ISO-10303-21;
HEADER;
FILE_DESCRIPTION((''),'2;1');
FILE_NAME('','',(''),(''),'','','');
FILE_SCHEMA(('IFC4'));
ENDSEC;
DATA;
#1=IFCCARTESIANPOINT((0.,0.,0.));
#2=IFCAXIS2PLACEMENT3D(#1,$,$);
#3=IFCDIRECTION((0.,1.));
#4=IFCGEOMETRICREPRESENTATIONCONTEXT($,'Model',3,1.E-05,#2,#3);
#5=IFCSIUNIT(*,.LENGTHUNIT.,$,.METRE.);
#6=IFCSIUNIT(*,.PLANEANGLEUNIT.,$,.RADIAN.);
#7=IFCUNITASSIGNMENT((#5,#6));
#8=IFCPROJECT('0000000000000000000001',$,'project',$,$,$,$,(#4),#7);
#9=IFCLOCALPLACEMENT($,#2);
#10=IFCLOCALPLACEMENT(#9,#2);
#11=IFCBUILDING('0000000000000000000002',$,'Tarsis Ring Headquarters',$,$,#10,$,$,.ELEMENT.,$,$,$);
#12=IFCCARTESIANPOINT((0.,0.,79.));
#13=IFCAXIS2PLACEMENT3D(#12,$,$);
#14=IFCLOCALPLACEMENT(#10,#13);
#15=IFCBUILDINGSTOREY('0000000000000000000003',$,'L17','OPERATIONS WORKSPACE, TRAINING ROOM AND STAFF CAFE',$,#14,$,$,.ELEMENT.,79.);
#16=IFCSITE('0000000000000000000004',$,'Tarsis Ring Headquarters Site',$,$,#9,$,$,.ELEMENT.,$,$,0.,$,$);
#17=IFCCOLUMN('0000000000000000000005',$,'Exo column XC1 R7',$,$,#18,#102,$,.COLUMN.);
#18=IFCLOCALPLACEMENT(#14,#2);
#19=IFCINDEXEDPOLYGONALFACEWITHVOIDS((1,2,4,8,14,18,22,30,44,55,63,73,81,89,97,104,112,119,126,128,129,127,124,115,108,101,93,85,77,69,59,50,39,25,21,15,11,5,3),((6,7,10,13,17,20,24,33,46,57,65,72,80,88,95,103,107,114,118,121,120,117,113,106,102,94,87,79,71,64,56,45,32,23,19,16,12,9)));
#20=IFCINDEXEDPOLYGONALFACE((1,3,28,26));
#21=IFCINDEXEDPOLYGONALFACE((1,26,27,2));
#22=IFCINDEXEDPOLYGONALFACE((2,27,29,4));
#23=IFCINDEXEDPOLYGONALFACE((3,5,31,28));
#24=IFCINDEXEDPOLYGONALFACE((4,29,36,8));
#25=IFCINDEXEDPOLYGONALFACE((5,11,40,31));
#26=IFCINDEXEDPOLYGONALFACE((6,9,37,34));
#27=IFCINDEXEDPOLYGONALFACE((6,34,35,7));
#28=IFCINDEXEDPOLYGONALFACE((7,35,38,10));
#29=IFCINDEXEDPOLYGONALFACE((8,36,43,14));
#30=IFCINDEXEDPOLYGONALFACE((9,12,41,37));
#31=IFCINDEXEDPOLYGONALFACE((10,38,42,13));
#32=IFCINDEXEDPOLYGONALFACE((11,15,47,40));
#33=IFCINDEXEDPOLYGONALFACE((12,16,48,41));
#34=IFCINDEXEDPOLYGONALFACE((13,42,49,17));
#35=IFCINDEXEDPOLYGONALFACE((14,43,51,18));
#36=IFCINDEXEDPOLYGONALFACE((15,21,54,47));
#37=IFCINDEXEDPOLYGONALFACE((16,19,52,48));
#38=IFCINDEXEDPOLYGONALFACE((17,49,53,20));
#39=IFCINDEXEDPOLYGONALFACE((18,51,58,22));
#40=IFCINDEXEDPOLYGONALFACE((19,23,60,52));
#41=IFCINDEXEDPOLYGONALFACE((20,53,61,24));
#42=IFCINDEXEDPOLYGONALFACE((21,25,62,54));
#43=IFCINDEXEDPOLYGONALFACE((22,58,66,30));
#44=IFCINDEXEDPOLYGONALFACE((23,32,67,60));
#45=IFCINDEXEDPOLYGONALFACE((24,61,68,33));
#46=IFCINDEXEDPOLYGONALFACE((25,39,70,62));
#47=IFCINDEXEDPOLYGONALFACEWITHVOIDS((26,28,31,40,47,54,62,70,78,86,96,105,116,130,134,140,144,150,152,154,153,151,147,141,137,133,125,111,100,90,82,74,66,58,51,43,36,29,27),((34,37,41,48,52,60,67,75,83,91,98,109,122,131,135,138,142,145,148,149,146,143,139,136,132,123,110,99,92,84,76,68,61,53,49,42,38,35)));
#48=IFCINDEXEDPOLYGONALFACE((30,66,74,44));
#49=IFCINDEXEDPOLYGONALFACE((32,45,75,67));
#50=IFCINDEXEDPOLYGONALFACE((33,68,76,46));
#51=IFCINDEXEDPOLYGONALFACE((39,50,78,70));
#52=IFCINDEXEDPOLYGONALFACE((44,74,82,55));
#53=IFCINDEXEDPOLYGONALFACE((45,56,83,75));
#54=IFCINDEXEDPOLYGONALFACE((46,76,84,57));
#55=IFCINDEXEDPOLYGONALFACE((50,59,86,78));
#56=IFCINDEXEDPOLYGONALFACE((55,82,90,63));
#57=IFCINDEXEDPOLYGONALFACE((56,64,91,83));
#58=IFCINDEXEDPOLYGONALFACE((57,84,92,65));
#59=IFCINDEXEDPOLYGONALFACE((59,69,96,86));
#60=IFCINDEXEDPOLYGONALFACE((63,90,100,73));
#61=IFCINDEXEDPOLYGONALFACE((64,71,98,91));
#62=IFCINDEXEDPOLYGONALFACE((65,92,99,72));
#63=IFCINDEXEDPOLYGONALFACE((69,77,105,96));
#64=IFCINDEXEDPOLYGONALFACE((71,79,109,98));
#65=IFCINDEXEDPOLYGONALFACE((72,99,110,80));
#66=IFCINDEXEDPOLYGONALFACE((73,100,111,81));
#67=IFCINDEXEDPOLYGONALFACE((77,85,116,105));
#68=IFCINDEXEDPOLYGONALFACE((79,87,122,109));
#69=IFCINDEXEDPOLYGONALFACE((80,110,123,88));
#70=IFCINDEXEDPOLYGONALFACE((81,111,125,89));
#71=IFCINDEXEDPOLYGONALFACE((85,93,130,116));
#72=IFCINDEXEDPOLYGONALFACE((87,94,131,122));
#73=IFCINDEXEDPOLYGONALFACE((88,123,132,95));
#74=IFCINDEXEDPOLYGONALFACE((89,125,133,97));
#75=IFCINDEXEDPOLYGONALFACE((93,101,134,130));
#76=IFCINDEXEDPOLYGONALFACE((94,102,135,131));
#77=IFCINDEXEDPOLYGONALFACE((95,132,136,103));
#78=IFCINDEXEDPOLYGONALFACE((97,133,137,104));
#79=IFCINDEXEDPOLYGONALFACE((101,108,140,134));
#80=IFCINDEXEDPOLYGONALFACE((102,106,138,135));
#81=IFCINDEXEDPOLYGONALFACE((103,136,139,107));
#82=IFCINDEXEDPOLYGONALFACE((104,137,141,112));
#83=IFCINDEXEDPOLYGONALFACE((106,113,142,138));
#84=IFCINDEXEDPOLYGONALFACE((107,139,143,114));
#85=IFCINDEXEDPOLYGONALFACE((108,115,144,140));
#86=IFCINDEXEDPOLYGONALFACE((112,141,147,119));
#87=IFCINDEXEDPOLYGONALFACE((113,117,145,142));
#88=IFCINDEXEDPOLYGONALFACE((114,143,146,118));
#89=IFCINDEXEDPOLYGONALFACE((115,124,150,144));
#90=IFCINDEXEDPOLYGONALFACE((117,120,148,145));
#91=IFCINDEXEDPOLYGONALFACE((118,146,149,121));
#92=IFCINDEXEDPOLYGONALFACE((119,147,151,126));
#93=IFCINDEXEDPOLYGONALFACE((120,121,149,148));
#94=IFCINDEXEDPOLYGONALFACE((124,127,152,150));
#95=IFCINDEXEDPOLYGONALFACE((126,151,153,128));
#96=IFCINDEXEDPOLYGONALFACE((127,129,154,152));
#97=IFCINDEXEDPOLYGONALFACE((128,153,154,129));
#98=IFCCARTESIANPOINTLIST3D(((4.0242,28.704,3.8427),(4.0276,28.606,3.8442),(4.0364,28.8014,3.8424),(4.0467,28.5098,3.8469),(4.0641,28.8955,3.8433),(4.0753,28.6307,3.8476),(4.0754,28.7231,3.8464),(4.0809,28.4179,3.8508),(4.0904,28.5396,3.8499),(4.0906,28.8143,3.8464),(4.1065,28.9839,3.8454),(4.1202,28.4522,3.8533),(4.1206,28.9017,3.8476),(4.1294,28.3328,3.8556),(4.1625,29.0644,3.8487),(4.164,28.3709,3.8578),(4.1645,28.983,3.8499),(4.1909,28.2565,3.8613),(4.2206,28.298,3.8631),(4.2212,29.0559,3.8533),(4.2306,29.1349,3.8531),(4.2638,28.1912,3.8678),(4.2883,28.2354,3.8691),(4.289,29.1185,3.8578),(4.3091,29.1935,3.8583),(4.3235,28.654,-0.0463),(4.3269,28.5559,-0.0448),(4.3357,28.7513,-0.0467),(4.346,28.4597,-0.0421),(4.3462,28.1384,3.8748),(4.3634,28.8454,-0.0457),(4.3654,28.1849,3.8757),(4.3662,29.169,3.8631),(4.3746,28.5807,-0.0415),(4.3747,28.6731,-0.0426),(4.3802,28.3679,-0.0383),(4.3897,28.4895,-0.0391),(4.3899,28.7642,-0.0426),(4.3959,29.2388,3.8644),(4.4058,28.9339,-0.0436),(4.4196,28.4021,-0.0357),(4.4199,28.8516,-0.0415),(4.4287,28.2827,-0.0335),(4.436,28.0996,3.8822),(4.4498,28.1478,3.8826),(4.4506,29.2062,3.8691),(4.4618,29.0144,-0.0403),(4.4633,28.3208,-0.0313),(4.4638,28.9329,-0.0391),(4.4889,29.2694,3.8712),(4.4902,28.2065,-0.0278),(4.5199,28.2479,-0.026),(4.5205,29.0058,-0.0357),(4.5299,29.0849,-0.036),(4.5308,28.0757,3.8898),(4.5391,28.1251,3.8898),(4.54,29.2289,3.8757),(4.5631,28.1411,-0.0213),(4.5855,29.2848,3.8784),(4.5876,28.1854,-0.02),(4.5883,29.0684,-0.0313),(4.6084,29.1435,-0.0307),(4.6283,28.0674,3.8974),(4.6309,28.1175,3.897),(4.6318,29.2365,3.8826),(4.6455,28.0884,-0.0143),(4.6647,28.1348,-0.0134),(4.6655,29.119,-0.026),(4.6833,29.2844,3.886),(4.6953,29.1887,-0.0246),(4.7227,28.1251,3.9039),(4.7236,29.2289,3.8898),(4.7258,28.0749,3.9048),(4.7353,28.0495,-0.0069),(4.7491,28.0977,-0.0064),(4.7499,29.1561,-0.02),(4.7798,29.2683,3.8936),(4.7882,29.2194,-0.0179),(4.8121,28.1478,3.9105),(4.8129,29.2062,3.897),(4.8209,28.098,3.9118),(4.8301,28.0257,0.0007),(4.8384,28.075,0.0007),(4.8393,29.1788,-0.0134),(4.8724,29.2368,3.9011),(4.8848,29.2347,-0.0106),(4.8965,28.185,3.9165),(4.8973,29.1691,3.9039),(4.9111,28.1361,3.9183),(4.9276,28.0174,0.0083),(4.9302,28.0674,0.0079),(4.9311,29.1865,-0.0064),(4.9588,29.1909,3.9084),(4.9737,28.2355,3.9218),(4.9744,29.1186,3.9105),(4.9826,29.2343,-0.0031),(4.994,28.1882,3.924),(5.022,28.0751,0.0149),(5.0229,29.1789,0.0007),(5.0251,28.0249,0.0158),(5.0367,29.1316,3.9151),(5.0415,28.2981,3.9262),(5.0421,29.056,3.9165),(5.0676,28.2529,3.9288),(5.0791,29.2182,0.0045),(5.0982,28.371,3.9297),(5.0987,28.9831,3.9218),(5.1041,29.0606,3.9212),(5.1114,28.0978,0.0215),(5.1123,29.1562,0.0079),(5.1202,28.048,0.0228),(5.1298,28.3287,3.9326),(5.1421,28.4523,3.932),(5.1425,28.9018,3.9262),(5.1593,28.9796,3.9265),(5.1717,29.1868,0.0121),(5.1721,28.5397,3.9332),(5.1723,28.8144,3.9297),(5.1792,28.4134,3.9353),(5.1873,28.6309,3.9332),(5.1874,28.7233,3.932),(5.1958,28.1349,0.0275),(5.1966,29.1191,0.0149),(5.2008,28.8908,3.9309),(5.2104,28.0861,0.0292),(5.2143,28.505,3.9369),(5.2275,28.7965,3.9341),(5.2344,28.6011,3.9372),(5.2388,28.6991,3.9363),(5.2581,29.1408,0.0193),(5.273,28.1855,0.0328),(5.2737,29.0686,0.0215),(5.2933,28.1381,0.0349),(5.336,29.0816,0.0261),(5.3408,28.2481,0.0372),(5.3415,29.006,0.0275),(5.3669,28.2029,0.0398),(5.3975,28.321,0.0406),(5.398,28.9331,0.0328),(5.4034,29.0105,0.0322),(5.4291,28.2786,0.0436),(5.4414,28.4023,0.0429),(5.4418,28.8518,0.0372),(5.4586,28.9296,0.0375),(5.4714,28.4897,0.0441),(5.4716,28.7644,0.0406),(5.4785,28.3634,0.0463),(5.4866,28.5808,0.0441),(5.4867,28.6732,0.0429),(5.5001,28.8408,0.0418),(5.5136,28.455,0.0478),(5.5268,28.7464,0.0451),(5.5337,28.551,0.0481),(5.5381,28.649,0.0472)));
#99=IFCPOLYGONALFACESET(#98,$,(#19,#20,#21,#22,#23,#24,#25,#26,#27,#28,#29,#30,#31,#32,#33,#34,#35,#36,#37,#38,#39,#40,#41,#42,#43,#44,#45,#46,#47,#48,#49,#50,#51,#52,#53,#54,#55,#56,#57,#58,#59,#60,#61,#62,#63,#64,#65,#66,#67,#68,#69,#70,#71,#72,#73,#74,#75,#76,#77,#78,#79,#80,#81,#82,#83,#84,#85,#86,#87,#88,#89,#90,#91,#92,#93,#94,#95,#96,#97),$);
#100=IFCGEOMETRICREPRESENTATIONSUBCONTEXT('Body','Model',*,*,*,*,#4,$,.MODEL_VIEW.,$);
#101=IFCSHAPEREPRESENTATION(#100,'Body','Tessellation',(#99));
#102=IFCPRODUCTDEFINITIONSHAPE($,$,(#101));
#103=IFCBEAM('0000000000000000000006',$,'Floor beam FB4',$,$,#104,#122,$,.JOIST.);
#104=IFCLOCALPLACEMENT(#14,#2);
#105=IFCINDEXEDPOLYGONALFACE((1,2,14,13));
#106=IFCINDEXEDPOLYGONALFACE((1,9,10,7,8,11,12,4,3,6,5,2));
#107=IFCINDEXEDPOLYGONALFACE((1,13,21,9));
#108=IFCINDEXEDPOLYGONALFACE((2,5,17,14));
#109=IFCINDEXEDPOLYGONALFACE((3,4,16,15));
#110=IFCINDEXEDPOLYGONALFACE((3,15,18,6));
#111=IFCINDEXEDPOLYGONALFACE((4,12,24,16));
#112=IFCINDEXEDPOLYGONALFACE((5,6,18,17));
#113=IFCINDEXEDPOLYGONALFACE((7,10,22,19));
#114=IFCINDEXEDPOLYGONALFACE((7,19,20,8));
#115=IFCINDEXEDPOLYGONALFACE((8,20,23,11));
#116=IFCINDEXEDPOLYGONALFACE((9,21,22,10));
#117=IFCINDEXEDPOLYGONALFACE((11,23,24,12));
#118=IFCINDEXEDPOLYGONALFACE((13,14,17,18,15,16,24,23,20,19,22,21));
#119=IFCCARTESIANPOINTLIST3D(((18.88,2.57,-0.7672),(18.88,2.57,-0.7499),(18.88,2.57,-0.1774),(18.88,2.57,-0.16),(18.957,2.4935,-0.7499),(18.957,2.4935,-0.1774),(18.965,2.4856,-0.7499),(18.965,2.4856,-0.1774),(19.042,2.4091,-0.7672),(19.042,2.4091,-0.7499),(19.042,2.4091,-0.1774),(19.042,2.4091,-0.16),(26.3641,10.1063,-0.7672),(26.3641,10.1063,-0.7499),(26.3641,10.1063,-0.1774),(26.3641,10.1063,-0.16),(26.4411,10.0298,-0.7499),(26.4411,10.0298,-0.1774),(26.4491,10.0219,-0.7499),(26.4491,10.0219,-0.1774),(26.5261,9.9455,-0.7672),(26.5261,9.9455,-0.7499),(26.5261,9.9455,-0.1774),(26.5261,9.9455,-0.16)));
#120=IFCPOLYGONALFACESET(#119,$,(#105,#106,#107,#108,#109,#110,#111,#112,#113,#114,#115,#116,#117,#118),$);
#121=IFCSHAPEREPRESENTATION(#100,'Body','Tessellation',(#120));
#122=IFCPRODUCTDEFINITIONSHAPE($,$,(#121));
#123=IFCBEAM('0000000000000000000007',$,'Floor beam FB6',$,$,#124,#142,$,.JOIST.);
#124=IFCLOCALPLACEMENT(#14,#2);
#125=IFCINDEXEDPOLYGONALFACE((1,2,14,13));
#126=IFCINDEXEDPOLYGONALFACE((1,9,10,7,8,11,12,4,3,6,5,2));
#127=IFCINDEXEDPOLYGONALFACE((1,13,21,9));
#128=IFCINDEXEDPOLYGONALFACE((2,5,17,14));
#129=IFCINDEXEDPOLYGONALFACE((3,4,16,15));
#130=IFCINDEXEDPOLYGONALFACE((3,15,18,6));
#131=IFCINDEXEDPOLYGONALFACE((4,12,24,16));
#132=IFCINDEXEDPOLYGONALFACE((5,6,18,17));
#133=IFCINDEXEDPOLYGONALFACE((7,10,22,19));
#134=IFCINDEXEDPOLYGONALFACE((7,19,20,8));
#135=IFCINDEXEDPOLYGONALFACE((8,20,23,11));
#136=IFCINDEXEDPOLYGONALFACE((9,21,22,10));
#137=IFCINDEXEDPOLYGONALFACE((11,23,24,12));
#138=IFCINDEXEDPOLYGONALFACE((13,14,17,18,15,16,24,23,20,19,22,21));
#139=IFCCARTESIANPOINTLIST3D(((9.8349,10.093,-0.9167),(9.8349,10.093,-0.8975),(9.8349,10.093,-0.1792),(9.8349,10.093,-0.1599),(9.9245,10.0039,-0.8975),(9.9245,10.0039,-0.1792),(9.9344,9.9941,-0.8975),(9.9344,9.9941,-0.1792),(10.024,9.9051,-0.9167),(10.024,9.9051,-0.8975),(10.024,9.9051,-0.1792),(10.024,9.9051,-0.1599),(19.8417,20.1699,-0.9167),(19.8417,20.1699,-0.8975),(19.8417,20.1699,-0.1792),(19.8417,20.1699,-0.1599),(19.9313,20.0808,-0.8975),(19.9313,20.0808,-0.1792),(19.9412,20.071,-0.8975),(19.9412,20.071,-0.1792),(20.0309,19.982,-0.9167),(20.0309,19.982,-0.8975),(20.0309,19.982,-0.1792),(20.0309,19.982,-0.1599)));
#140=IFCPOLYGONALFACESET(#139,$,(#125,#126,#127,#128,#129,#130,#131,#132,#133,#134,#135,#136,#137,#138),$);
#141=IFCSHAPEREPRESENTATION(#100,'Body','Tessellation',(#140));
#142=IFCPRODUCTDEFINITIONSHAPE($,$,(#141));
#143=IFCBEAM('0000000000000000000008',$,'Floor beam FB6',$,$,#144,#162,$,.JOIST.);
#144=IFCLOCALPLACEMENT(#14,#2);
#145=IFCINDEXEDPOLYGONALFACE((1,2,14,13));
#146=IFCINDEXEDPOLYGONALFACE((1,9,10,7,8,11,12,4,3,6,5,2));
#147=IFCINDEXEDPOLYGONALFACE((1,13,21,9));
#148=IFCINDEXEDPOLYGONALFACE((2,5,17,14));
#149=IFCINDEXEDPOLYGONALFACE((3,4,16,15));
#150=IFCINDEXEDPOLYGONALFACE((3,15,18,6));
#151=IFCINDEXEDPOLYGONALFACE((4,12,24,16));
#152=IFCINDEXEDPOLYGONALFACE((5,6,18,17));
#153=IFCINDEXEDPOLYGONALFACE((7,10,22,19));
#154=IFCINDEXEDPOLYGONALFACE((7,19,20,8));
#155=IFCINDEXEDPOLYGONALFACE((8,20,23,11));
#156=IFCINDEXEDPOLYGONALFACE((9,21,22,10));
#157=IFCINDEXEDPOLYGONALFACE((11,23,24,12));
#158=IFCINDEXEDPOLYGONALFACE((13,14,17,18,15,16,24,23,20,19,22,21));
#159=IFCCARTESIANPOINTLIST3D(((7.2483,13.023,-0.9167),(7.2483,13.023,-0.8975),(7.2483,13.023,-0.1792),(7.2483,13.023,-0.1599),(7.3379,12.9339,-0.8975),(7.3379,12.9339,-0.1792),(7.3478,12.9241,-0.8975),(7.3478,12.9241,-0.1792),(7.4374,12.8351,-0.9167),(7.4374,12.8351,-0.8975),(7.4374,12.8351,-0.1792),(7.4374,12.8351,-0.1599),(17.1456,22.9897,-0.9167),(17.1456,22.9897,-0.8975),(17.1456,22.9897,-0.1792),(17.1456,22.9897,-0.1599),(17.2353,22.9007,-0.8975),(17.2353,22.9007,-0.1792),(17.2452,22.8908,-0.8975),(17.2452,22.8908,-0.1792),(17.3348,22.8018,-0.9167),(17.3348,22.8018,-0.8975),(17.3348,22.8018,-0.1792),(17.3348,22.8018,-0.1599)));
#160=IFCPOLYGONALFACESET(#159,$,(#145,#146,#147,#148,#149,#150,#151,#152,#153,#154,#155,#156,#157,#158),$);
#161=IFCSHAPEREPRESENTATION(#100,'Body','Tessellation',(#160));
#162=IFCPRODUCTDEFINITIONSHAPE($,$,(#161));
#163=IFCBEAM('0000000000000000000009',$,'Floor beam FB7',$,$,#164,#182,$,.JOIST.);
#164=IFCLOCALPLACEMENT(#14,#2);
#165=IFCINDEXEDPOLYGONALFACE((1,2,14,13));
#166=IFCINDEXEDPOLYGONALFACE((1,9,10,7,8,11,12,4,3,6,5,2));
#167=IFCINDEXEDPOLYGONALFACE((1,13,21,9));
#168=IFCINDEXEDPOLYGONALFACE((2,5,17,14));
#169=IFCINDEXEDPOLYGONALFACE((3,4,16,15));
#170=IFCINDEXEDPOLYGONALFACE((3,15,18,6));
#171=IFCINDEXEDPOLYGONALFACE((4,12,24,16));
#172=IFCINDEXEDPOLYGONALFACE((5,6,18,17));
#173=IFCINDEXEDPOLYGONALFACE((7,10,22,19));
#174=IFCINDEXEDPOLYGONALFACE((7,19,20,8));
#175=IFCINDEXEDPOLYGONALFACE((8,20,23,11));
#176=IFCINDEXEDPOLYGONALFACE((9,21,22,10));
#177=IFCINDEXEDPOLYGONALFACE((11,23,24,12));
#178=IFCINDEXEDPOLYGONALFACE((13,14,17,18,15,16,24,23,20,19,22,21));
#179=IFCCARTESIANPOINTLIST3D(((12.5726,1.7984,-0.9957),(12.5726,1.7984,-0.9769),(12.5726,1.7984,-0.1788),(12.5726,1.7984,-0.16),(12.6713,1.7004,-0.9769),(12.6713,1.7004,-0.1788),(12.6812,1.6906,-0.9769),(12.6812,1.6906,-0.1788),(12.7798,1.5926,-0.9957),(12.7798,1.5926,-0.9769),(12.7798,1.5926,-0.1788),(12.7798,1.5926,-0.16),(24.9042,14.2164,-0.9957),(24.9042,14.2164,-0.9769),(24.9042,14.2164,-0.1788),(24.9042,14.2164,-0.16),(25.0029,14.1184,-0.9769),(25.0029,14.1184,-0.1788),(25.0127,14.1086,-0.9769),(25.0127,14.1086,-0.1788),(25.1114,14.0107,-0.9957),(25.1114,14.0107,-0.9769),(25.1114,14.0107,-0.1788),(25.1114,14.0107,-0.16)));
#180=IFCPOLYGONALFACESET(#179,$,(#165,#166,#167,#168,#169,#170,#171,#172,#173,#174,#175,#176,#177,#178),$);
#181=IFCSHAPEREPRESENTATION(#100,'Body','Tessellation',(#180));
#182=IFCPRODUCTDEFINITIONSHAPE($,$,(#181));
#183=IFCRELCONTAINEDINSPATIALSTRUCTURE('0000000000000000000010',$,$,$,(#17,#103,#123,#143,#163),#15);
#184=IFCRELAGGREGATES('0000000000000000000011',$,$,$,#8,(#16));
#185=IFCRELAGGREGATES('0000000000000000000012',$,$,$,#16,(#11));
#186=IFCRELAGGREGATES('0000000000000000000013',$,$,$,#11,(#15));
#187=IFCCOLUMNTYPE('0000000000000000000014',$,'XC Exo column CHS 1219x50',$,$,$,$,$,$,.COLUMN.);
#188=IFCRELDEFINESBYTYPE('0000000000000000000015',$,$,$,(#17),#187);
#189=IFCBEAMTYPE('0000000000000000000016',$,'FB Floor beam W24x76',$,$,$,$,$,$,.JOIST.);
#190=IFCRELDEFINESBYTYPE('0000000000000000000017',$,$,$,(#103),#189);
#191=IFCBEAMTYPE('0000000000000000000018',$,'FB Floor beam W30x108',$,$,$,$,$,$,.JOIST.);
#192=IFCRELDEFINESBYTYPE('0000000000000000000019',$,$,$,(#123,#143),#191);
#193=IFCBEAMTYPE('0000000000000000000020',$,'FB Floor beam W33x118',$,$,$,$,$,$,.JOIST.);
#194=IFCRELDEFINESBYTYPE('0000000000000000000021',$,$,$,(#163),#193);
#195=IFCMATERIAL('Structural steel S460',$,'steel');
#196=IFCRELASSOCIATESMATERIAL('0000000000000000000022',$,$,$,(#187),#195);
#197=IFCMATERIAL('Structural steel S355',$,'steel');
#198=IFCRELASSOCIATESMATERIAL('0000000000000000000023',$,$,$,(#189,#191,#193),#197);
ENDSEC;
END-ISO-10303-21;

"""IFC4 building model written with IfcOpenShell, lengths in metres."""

from ifc_helpers import new_model, si_unit, direction, frame, origin, origin_2d, place, context, subcontext, project, spatial, hollow_circle, i_section, extrude, material, material_profile, profile_set, type_object, element, save


model = new_model("IFC4")

# Units and contexts
model_context = context("Model", 3, precision=1e-05, world=origin(), true_north=direction((0.0, 1.0)))
body_context = subcontext(model_context, "Body", "Model", "MODEL_VIEW")
ifc_project = project(units=[si_unit("LENGTHUNIT", "METRE"), si_unit("PLANEANGLEUNIT", "RADIAN")], contexts=[model_context])

# Site, building, storey
site_placement = place(None, origin())
site = spatial("IfcSite", under=ifc_project, at=site_placement, Name="Tarsis Ring Headquarters Site", CompositionType="ELEMENT", RefElevation=0.0)
building_placement = place(site_placement, origin())
building = spatial("IfcBuilding", under=site, at=building_placement, Name="Tarsis Ring Headquarters", CompositionType="ELEMENT")
storey_placement = place(building_placement, frame((0.0, 0.0, 79.0)))
storey = spatial("IfcBuildingStorey", under=building, at=storey_placement, Name="L17", Description="OPERATIONS WORKSPACE, TRAINING ROOM AND STAFF CAFE", CompositionType="ELEMENT", Elevation=79.0)

# Column
ifc_material_1 = material(Name="Structural steel S460", Category="steel")
ifc_material_profile_1 = material_profile(ifc_material_1, hollow_circle(Radius=0.6096, WallThickness=0.05, at=origin_2d()), Name="CHS 1219x50")
ifc_profile_set_1 = profile_set([ifc_material_profile_1], Name="Structural steel S460")
column_type = type_object("IfcColumnType", Name="XC Exo column CHS 1219x50", PredefinedType="COLUMN", material=ifc_profile_set_1)
for number, where, z_axis, x_axis, name in (
    (1, (4.9307, 28.627, 0.0007), (-0.076728, 0.01283, 0.996969), (-0.164921, -0.986307, 0.0), "Exo column XC1 R7"),
):
    element("IfcColumn", number, at=place(storey_placement, frame(where, z_axis=z_axis, x_axis=x_axis)), inside=storey, type_object=column_type, Name=name, PredefinedType="COLUMN", context=body_context, shape_type="SweptSolid", body=[
        extrude(hollow_circle(Radius=0.6096, WallThickness=0.05, at=origin_2d()), origin(), (0.0, 0.0, 1.0), 3.9009),
    ])

# Beams
ifc_material_2 = material(Name="Structural steel S355", Category="steel")
ifc_material_profile_2 = material_profile(ifc_material_2, i_section(OverallWidth=0.2283, OverallDepth=0.6072, WebThickness=0.0112, FlangeThickness=0.0173, at=origin_2d()), Name="W24x76")
ifc_profile_set_2 = profile_set([ifc_material_profile_2], Name="Structural steel S355")
beam_type_1 = type_object("IfcBeamType", Name="FB Floor beam W24x76", PredefinedType="JOIST", material=ifc_profile_set_2)
beam_1_placement = place(storey_placement, frame((26.4451, 10.0259, -0.4636), z_axis=(-0.704643, -0.709562, 0.0), x_axis=(0.709562, -0.704643, 0.0)))
element("IfcBeam", 2, at=beam_1_placement, inside=storey, type_object=beam_type_1, Name="Floor beam FB4", PredefinedType="JOIST", context=body_context, shape_type="SweptSolid", body=[
    extrude(i_section(OverallWidth=0.2283, OverallDepth=0.6072, WebThickness=0.0112, FlangeThickness=0.0173, at=origin_2d()), origin(), (0.0, 0.0, 1.0), 10.6211),
])
ifc_material_profile_3 = material_profile(ifc_material_2, i_section(OverallWidth=0.2666, OverallDepth=0.7568, WebThickness=0.0139, FlangeThickness=0.0193, at=origin_2d()), Name="W30x108")
ifc_profile_set_3 = profile_set([ifc_material_profile_3], Name="Structural steel S355")
beam_type_2 = type_object("IfcBeamType", Name="FB Floor beam W30x108", PredefinedType="JOIST", material=ifc_profile_set_3)
beam_2_placement = place(storey_placement, frame((19.9363, 20.0759, -0.5383), z_axis=(-0.704636, -0.709569, 0.0), x_axis=(0.709569, -0.704636, 0.0)))
element("IfcBeam", 3, at=beam_2_placement, inside=storey, type_object=beam_type_2, Name="Floor beam FB6", PredefinedType="JOIST", context=body_context, shape_type="SweptSolid", body=[
    extrude(i_section(OverallWidth=0.2666, OverallDepth=0.7568, WebThickness=0.0139, FlangeThickness=0.0193, at=origin_2d()), origin(), (0.0, 0.0, 1.0), 14.2014),
])
beam_3_placement = place(storey_placement, frame((17.2402, 22.8958, -0.5383), z_axis=(-0.704634, -0.709571, 0.0), x_axis=(0.709571, -0.704634, 0.0)))
element("IfcBeam", 4, at=beam_3_placement, inside=storey, type_object=beam_type_2, Name="Floor beam FB6", PredefinedType="JOIST", context=body_context, shape_type="SweptSolid", body=[
    extrude(i_section(OverallWidth=0.2666, OverallDepth=0.7568, WebThickness=0.0139, FlangeThickness=0.0193, at=origin_2d()), origin(), (0.0, 0.0, 1.0), 14.0461),
])
ifc_material_profile_4 = material_profile(ifc_material_2, i_section(OverallWidth=0.292, OverallDepth=0.8357, WebThickness=0.0139, FlangeThickness=0.0188, at=origin_2d()), Name="W33x118")
ifc_profile_set_4 = profile_set([ifc_material_profile_4], Name="Structural steel S355")
beam_type_3 = type_object("IfcBeamType", Name="FB Floor beam W33x118", PredefinedType="JOIST", material=ifc_profile_set_4)
beam_4_placement = place(storey_placement, frame((25.0078, 14.1135, -0.5779), z_axis=(-0.704633, -0.709572, 0.0), x_axis=(0.709572, -0.704633, 0.0)))
element("IfcBeam", 5, at=beam_4_placement, inside=storey, type_object=beam_type_3, Name="Floor beam FB7", PredefinedType="JOIST", context=body_context, shape_type="SweptSolid", body=[
    extrude(i_section(OverallWidth=0.292, OverallDepth=0.8357, WebThickness=0.0139, FlangeThickness=0.0188, at=origin_2d()), origin(), (0.0, 0.0, 1.0), 17.5007),
])

save(model, "model.ifc")
